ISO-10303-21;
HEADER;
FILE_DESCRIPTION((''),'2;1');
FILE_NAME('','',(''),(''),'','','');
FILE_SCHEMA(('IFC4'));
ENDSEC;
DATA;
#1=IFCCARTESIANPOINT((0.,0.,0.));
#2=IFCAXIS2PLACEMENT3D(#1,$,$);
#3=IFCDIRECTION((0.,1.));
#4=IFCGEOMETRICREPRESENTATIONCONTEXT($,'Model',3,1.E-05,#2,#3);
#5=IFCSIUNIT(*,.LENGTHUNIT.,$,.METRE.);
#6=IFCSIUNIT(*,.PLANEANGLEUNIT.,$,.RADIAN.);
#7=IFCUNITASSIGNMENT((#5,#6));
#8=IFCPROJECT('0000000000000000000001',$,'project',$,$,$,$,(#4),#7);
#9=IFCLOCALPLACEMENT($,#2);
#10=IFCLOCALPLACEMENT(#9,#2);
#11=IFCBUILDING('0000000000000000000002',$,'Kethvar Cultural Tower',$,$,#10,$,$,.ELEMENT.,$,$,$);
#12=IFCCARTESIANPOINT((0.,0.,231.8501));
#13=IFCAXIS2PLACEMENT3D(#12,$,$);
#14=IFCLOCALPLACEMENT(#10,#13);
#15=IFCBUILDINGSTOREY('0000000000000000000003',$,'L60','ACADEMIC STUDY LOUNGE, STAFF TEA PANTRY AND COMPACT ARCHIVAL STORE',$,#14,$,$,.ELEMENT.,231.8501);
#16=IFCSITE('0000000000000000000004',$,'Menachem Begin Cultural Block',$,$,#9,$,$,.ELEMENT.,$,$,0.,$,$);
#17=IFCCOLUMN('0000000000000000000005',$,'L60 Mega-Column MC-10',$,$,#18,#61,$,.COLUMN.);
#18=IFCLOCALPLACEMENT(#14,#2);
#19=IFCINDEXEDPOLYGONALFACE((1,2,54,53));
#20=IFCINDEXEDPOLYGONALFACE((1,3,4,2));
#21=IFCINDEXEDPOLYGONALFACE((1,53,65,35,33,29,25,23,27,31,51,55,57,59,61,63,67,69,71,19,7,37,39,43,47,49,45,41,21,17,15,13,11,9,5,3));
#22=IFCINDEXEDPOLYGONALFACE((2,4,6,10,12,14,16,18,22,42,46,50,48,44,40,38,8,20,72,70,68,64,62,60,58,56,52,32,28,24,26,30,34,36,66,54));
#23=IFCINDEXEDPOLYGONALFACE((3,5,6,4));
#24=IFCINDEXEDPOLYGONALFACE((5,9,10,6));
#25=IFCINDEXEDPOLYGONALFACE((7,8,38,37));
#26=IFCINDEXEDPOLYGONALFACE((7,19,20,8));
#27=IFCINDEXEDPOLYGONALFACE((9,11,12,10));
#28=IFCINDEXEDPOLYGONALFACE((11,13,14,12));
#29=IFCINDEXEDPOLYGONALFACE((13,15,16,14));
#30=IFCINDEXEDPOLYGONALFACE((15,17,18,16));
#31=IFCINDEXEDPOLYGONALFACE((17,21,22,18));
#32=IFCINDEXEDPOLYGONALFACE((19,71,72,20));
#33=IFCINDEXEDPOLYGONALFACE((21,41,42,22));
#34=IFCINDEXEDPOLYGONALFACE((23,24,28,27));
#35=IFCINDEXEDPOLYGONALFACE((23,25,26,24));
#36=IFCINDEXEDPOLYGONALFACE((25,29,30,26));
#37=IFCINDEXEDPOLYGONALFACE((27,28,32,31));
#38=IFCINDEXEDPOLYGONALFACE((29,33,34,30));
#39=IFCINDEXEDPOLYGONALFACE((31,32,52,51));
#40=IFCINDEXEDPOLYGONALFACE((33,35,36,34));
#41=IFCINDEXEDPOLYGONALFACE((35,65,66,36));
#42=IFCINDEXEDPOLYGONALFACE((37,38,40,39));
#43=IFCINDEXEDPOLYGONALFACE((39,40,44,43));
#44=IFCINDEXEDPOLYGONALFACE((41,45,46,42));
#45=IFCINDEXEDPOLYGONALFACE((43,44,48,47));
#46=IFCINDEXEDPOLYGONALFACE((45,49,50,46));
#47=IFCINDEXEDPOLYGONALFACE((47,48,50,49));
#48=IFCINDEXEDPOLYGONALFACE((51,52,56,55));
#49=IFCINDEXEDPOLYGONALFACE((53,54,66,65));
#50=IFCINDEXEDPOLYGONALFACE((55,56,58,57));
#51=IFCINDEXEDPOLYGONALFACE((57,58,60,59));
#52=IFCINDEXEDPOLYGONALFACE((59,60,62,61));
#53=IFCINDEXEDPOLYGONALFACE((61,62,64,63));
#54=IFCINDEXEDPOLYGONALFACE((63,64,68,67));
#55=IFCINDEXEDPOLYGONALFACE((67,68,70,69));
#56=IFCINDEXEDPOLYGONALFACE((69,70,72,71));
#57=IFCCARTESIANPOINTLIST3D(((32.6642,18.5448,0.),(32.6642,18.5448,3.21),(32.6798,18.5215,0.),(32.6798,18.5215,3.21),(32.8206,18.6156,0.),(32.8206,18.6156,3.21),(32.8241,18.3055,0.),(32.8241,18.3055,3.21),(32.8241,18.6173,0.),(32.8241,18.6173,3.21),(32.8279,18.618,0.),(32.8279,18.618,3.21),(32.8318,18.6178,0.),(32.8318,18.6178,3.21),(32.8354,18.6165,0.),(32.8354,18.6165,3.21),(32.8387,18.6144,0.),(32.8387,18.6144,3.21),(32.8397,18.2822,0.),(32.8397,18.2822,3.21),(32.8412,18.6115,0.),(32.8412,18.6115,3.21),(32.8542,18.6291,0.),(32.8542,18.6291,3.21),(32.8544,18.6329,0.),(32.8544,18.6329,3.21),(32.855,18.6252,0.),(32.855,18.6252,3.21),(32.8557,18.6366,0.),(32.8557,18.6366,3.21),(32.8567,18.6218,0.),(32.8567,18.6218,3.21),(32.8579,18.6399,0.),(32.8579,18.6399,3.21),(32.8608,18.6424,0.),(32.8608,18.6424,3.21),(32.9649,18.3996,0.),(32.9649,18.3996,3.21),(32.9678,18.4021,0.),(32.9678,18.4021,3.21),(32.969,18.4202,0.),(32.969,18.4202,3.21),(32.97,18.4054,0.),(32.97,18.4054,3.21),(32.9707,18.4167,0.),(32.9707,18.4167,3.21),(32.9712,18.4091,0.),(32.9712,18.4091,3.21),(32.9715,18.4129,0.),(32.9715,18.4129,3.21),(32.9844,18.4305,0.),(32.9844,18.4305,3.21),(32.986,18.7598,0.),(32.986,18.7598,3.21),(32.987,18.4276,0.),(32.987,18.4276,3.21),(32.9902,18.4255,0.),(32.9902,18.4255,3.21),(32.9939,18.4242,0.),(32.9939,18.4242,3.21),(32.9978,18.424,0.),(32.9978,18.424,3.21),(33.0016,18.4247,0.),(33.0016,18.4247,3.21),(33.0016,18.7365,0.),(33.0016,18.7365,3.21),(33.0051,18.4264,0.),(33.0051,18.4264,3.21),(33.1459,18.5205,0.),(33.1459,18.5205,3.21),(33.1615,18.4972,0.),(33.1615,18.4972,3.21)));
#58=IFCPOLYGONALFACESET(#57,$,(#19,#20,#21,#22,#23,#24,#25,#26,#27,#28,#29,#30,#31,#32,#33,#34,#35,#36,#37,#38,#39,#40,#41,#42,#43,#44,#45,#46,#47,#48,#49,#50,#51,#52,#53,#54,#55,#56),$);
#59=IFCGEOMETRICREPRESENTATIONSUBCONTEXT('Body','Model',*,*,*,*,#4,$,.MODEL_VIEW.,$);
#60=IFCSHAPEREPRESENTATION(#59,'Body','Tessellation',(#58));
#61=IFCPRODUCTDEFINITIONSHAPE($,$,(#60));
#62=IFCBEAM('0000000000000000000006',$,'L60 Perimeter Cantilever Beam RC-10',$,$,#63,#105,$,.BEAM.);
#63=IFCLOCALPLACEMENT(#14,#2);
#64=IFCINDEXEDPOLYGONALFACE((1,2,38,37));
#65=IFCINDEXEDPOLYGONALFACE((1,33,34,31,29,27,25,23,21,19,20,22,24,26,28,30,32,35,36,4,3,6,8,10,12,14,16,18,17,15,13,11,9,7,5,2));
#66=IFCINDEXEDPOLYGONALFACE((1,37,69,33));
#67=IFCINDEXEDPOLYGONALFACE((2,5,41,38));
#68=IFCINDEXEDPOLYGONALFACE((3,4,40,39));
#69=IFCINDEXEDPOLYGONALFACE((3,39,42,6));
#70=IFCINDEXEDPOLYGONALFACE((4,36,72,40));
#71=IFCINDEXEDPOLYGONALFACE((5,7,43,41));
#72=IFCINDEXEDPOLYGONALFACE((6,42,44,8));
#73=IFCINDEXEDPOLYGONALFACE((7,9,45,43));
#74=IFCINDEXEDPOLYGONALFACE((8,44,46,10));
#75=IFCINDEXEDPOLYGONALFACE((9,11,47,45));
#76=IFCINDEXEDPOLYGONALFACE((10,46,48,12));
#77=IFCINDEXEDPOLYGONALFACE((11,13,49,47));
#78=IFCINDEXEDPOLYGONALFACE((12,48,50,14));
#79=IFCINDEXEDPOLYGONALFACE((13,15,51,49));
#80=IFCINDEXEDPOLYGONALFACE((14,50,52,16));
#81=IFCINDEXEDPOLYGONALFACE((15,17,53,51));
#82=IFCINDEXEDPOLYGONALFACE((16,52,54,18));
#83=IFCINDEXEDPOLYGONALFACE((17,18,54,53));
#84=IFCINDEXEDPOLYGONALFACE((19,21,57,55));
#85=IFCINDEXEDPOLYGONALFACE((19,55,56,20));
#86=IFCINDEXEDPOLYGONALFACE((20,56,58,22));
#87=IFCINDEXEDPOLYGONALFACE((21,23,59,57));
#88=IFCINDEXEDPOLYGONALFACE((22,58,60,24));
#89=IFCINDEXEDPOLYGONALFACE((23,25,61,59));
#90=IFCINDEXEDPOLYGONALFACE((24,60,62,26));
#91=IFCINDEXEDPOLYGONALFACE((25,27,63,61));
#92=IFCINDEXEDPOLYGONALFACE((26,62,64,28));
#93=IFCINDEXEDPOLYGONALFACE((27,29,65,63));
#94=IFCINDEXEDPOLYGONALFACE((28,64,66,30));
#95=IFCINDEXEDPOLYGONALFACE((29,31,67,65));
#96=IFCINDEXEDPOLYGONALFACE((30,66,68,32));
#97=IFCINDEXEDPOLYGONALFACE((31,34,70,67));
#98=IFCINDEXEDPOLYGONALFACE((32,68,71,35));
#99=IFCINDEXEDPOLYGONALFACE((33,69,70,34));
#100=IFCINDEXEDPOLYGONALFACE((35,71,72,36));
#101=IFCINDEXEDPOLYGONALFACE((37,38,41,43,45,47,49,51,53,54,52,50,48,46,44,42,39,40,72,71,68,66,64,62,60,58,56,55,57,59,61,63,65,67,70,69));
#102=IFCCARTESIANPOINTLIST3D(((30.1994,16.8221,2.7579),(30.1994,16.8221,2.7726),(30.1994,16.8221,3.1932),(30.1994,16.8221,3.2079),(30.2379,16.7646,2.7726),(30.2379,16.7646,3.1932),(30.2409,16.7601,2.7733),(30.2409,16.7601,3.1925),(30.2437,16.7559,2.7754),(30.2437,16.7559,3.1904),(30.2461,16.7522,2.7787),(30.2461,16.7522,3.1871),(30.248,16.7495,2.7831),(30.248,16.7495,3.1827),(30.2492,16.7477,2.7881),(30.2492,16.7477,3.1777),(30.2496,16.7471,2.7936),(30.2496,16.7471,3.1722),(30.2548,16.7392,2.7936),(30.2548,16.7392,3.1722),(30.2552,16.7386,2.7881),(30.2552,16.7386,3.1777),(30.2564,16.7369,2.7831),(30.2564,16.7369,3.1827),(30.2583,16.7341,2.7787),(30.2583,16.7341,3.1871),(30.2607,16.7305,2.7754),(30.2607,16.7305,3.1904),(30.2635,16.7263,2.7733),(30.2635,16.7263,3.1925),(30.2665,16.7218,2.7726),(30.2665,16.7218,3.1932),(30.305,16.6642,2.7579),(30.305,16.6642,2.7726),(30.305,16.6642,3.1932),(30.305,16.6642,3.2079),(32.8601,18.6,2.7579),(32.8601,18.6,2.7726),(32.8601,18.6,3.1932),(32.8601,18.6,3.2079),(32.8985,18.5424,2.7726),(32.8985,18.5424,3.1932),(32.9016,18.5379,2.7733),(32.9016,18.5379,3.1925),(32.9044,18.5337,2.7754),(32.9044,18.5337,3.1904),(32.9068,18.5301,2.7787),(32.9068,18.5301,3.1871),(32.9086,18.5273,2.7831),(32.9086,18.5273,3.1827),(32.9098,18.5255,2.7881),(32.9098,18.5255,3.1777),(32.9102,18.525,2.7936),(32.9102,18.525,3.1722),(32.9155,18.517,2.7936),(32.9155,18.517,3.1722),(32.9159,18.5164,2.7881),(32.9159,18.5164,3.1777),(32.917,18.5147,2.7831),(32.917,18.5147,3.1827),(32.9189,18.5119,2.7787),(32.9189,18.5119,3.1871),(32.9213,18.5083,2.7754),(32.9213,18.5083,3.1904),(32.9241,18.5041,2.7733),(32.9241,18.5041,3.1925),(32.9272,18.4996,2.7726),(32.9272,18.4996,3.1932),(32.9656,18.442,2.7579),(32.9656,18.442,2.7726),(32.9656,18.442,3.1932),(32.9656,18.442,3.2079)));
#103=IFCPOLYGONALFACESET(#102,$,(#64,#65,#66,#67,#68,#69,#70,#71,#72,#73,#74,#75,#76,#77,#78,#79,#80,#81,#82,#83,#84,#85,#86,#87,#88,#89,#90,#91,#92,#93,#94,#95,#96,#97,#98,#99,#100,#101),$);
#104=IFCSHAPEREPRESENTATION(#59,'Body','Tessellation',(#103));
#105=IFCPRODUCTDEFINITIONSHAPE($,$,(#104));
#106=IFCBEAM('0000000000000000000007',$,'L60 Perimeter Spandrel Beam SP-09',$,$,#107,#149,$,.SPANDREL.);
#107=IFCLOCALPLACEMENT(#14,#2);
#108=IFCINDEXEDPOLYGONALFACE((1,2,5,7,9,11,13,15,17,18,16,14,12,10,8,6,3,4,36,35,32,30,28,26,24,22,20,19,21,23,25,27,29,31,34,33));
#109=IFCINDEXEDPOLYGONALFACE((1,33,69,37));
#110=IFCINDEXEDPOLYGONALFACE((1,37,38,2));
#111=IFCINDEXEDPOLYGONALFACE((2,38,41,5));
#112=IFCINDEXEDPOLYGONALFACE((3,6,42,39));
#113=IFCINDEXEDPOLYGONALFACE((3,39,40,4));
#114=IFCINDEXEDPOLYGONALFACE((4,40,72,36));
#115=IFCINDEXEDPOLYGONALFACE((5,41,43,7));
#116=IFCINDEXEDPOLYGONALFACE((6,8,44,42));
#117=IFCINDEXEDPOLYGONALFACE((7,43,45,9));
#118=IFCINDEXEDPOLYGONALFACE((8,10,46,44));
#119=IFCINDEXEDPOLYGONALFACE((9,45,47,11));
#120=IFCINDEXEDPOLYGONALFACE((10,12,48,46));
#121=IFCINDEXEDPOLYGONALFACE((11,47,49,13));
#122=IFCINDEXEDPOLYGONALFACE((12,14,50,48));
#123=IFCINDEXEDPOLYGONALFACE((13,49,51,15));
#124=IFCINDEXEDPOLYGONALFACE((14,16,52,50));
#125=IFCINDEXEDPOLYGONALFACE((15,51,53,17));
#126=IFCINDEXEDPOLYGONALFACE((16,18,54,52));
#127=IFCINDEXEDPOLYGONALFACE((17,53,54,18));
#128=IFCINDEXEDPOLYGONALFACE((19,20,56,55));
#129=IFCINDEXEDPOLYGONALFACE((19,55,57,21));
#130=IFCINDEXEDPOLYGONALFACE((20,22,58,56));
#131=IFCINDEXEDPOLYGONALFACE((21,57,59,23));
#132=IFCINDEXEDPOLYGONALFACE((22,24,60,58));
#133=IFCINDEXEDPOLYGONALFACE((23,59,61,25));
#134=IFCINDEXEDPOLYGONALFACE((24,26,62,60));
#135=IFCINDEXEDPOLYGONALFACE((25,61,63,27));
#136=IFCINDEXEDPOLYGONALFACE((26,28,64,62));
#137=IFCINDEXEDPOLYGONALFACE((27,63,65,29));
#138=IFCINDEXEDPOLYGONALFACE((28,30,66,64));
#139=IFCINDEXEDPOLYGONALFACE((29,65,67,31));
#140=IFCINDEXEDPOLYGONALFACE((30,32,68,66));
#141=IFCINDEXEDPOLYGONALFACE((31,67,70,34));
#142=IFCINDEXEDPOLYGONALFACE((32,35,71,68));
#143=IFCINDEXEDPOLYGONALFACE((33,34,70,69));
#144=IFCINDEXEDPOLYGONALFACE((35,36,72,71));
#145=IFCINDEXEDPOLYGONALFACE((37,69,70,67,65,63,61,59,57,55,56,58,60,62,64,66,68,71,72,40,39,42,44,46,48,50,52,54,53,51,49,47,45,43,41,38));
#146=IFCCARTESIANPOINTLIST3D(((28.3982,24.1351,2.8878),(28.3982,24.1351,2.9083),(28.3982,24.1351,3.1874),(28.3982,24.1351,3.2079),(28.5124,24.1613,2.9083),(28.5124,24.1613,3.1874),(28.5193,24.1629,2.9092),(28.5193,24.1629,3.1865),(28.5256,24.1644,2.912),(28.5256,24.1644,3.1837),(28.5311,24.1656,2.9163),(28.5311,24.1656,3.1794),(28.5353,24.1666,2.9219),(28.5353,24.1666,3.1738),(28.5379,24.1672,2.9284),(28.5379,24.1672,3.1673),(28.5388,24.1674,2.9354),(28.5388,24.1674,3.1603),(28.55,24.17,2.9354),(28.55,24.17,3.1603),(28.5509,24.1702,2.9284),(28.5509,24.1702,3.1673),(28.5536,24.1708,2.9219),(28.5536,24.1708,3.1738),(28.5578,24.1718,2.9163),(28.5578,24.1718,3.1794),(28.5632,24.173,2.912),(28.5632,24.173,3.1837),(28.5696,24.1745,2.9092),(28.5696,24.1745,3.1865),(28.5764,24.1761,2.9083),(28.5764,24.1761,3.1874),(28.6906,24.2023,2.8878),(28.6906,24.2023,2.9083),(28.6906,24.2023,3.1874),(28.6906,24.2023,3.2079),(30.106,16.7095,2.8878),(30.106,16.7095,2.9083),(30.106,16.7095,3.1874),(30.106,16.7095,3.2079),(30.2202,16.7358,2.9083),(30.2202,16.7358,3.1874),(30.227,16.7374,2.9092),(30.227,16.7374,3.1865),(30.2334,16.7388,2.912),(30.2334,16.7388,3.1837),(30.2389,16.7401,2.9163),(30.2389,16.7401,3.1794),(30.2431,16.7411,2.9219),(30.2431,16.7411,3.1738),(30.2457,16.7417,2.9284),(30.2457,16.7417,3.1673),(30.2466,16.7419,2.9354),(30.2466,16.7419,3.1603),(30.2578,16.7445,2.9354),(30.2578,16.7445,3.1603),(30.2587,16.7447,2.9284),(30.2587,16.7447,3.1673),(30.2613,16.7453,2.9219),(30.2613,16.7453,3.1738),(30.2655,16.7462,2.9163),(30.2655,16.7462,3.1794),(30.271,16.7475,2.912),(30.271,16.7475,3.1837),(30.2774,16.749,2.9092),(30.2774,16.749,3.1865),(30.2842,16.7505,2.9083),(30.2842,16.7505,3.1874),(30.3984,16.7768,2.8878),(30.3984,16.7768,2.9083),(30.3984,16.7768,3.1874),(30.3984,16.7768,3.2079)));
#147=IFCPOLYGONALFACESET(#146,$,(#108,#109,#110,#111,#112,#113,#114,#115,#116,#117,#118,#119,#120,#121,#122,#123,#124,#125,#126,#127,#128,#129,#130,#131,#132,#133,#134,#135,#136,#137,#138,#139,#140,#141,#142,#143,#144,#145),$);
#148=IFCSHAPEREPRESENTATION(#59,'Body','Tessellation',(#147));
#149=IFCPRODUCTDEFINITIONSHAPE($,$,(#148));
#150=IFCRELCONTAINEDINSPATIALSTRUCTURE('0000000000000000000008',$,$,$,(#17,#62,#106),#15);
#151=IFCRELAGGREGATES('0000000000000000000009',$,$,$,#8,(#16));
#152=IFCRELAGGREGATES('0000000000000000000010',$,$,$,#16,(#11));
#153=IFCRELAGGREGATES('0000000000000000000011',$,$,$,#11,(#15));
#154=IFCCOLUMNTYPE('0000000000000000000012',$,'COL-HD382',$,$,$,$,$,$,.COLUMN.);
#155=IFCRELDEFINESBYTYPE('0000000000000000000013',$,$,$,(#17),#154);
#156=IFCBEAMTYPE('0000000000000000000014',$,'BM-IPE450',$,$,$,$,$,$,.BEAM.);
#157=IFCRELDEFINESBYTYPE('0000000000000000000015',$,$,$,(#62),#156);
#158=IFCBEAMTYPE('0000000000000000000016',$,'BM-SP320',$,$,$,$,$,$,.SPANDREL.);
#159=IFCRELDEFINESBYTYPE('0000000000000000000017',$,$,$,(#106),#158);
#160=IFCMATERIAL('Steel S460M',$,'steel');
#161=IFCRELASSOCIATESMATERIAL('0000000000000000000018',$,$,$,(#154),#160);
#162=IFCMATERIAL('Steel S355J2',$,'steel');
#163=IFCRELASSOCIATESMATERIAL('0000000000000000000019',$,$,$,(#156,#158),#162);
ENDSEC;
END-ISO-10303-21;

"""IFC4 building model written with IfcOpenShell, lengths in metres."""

from ifc_helpers import new_model, si_unit, direction, frame, origin, origin_2d, place, context, subcontext, project, spatial, i_section, extrude, source, transform, mapped, material, material_profile, profile_set, type_object, element, save


model = new_model("IFC4")

# Units and contexts
model_context = context("Model", 3, precision=1e-05, world=origin(), true_north=direction((0.0, 1.0)))
body_context = subcontext(model_context, "Body", "Model", "MODEL_VIEW")
ifc_project = project(units=[si_unit("LENGTHUNIT", "METRE"), si_unit("PLANEANGLEUNIT", "RADIAN")], contexts=[model_context])

# Site, building, storey
site_placement = place(None, origin())
site = spatial("IfcSite", under=ifc_project, at=site_placement, Name="Menachem Begin Cultural Block", CompositionType="ELEMENT", RefElevation=0.0)
building_placement = place(site_placement, origin())
building = spatial("IfcBuilding", under=site, at=building_placement, Name="Kethvar Cultural Tower", CompositionType="ELEMENT")
storey_placement = place(building_placement, frame((0.0, 0.0, 231.8501)))
storey = spatial("IfcBuildingStorey", under=building, at=storey_placement, Name="L60", Description="ACADEMIC STUDY LOUNGE, STAFF TEA PANTRY AND COMPACT ARCHIVAL STORE", CompositionType="ELEMENT", Elevation=231.8501)

# Column
ifc_material_1 = material(Name="Steel S460M", Category="steel")
ifc_material_profile_1 = material_profile(ifc_material_1, i_section(OverallWidth=0.387, OverallDepth=0.3159, WebThickness=0.0186, FlangeThickness=0.0281, FilletRadius=0.0149, at=origin_2d()), Name="Steel S460M — HD400x382")
ifc_profile_set_1 = profile_set([ifc_material_profile_1], Name="Steel S460M — HD400x382")
column_type = type_object("IfcColumnType", Name="COL-HD382", PredefinedType="COLUMN", material=ifc_profile_set_1)
shared_shape_1 = source(origin(), body_context, "Body", "SweptSolid", [
    extrude(i_section(OverallWidth=0.387, OverallDepth=0.3159, WebThickness=0.0186, FlangeThickness=0.0281, FilletRadius=0.0149, at=origin_2d()), origin(), (0.0, 0.0, 1.0), 3.21),
])
column_placement = place(storey_placement, frame((32.9128, 18.521, 0.0), z_axis=(0.0, 0.0, 1.0), x_axis=(-0.83147, -0.55557, 0.0)))
element("IfcColumn", 1, at=column_placement, inside=storey, type_object=column_type, Name="L60 Mega-Column MC-10", PredefinedType="COLUMN", context=body_context, shape_type="MappedRepresentation", body=[
    mapped(shared_shape_1, transform((0.0, 0.0, 0.0), scale=1.0)),
])

# Beams
ifc_material_2 = material(Name="Steel S355J2", Category="steel")
ifc_material_profile_2 = material_profile(ifc_material_2, i_section(OverallWidth=0.1899, OverallDepth=0.45, WebThickness=0.0095, FlangeThickness=0.0146, FilletRadius=0.021, at=origin_2d()), Name="Steel S355J2 — IPE450")
ifc_profile_set_2 = profile_set([ifc_material_profile_2], Name="Steel S355J2 — IPE450")
beam_type_1 = type_object("IfcBeamType", Name="BM-IPE450", PredefinedType="BEAM", material=ifc_profile_set_2)
shared_shape_2 = source(origin(), body_context, "Body", "SweptSolid", [
    extrude(i_section(OverallWidth=0.1899, OverallDepth=0.45, WebThickness=0.0095, FlangeThickness=0.0146, FilletRadius=0.021, at=origin_2d()), origin(), (0.0, 0.0, 1.0), 3.2),
])
beam_1_placement = place(storey_placement, frame((32.9128, 18.521, 2.9829), z_axis=(-0.831463, -0.55558, 0.0), x_axis=(0.55558, -0.831463, 0.0)))
element("IfcBeam", 2, at=beam_1_placement, inside=storey, type_object=beam_type_1, Name="L60 Perimeter Cantilever Beam RC-10", PredefinedType="BEAM", context=body_context, shape_type="MappedRepresentation", body=[
    mapped(shared_shape_2, transform((0.0, 0.0, 0.0), scale=1.0)),
])
ifc_material_profile_3 = material_profile(ifc_material_2, i_section(OverallWidth=0.3, OverallDepth=0.3201, WebThickness=0.0115, FlangeThickness=0.0205, FilletRadius=0.0271, at=origin_2d()), Name="Steel S355J2 — HEB320")
ifc_profile_set_3 = profile_set([ifc_material_profile_3], Name="Steel S355J2 — HEB320")
beam_type_2 = type_object("IfcBeamType", Name="BM-SP320", PredefinedType="SPANDREL", material=ifc_profile_set_3)
shared_shape_3 = source(origin(), body_context, "Body", "SweptSolid", [
    extrude(i_section(OverallWidth=0.3, OverallDepth=0.3201, WebThickness=0.0115, FlangeThickness=0.0205, FilletRadius=0.0271, at=origin_2d()), origin(), (0.0, 0.0, 1.0), 7.6194),
])
beam_2_placement = place(storey_placement, frame((28.5444, 24.1687, 3.0479), z_axis=(0.224134, -0.974558, 0.0), x_axis=(0.974558, 0.224134, 0.0)))
element("IfcBeam", 3, at=beam_2_placement, inside=storey, type_object=beam_type_2, Name="L60 Perimeter Spandrel Beam SP-09", PredefinedType="SPANDREL", context=body_context, shape_type="MappedRepresentation", body=[
    mapped(shared_shape_3, transform((0.0, 0.0, 0.0), scale=1.0)),
])

save(model, "model.ifc")
